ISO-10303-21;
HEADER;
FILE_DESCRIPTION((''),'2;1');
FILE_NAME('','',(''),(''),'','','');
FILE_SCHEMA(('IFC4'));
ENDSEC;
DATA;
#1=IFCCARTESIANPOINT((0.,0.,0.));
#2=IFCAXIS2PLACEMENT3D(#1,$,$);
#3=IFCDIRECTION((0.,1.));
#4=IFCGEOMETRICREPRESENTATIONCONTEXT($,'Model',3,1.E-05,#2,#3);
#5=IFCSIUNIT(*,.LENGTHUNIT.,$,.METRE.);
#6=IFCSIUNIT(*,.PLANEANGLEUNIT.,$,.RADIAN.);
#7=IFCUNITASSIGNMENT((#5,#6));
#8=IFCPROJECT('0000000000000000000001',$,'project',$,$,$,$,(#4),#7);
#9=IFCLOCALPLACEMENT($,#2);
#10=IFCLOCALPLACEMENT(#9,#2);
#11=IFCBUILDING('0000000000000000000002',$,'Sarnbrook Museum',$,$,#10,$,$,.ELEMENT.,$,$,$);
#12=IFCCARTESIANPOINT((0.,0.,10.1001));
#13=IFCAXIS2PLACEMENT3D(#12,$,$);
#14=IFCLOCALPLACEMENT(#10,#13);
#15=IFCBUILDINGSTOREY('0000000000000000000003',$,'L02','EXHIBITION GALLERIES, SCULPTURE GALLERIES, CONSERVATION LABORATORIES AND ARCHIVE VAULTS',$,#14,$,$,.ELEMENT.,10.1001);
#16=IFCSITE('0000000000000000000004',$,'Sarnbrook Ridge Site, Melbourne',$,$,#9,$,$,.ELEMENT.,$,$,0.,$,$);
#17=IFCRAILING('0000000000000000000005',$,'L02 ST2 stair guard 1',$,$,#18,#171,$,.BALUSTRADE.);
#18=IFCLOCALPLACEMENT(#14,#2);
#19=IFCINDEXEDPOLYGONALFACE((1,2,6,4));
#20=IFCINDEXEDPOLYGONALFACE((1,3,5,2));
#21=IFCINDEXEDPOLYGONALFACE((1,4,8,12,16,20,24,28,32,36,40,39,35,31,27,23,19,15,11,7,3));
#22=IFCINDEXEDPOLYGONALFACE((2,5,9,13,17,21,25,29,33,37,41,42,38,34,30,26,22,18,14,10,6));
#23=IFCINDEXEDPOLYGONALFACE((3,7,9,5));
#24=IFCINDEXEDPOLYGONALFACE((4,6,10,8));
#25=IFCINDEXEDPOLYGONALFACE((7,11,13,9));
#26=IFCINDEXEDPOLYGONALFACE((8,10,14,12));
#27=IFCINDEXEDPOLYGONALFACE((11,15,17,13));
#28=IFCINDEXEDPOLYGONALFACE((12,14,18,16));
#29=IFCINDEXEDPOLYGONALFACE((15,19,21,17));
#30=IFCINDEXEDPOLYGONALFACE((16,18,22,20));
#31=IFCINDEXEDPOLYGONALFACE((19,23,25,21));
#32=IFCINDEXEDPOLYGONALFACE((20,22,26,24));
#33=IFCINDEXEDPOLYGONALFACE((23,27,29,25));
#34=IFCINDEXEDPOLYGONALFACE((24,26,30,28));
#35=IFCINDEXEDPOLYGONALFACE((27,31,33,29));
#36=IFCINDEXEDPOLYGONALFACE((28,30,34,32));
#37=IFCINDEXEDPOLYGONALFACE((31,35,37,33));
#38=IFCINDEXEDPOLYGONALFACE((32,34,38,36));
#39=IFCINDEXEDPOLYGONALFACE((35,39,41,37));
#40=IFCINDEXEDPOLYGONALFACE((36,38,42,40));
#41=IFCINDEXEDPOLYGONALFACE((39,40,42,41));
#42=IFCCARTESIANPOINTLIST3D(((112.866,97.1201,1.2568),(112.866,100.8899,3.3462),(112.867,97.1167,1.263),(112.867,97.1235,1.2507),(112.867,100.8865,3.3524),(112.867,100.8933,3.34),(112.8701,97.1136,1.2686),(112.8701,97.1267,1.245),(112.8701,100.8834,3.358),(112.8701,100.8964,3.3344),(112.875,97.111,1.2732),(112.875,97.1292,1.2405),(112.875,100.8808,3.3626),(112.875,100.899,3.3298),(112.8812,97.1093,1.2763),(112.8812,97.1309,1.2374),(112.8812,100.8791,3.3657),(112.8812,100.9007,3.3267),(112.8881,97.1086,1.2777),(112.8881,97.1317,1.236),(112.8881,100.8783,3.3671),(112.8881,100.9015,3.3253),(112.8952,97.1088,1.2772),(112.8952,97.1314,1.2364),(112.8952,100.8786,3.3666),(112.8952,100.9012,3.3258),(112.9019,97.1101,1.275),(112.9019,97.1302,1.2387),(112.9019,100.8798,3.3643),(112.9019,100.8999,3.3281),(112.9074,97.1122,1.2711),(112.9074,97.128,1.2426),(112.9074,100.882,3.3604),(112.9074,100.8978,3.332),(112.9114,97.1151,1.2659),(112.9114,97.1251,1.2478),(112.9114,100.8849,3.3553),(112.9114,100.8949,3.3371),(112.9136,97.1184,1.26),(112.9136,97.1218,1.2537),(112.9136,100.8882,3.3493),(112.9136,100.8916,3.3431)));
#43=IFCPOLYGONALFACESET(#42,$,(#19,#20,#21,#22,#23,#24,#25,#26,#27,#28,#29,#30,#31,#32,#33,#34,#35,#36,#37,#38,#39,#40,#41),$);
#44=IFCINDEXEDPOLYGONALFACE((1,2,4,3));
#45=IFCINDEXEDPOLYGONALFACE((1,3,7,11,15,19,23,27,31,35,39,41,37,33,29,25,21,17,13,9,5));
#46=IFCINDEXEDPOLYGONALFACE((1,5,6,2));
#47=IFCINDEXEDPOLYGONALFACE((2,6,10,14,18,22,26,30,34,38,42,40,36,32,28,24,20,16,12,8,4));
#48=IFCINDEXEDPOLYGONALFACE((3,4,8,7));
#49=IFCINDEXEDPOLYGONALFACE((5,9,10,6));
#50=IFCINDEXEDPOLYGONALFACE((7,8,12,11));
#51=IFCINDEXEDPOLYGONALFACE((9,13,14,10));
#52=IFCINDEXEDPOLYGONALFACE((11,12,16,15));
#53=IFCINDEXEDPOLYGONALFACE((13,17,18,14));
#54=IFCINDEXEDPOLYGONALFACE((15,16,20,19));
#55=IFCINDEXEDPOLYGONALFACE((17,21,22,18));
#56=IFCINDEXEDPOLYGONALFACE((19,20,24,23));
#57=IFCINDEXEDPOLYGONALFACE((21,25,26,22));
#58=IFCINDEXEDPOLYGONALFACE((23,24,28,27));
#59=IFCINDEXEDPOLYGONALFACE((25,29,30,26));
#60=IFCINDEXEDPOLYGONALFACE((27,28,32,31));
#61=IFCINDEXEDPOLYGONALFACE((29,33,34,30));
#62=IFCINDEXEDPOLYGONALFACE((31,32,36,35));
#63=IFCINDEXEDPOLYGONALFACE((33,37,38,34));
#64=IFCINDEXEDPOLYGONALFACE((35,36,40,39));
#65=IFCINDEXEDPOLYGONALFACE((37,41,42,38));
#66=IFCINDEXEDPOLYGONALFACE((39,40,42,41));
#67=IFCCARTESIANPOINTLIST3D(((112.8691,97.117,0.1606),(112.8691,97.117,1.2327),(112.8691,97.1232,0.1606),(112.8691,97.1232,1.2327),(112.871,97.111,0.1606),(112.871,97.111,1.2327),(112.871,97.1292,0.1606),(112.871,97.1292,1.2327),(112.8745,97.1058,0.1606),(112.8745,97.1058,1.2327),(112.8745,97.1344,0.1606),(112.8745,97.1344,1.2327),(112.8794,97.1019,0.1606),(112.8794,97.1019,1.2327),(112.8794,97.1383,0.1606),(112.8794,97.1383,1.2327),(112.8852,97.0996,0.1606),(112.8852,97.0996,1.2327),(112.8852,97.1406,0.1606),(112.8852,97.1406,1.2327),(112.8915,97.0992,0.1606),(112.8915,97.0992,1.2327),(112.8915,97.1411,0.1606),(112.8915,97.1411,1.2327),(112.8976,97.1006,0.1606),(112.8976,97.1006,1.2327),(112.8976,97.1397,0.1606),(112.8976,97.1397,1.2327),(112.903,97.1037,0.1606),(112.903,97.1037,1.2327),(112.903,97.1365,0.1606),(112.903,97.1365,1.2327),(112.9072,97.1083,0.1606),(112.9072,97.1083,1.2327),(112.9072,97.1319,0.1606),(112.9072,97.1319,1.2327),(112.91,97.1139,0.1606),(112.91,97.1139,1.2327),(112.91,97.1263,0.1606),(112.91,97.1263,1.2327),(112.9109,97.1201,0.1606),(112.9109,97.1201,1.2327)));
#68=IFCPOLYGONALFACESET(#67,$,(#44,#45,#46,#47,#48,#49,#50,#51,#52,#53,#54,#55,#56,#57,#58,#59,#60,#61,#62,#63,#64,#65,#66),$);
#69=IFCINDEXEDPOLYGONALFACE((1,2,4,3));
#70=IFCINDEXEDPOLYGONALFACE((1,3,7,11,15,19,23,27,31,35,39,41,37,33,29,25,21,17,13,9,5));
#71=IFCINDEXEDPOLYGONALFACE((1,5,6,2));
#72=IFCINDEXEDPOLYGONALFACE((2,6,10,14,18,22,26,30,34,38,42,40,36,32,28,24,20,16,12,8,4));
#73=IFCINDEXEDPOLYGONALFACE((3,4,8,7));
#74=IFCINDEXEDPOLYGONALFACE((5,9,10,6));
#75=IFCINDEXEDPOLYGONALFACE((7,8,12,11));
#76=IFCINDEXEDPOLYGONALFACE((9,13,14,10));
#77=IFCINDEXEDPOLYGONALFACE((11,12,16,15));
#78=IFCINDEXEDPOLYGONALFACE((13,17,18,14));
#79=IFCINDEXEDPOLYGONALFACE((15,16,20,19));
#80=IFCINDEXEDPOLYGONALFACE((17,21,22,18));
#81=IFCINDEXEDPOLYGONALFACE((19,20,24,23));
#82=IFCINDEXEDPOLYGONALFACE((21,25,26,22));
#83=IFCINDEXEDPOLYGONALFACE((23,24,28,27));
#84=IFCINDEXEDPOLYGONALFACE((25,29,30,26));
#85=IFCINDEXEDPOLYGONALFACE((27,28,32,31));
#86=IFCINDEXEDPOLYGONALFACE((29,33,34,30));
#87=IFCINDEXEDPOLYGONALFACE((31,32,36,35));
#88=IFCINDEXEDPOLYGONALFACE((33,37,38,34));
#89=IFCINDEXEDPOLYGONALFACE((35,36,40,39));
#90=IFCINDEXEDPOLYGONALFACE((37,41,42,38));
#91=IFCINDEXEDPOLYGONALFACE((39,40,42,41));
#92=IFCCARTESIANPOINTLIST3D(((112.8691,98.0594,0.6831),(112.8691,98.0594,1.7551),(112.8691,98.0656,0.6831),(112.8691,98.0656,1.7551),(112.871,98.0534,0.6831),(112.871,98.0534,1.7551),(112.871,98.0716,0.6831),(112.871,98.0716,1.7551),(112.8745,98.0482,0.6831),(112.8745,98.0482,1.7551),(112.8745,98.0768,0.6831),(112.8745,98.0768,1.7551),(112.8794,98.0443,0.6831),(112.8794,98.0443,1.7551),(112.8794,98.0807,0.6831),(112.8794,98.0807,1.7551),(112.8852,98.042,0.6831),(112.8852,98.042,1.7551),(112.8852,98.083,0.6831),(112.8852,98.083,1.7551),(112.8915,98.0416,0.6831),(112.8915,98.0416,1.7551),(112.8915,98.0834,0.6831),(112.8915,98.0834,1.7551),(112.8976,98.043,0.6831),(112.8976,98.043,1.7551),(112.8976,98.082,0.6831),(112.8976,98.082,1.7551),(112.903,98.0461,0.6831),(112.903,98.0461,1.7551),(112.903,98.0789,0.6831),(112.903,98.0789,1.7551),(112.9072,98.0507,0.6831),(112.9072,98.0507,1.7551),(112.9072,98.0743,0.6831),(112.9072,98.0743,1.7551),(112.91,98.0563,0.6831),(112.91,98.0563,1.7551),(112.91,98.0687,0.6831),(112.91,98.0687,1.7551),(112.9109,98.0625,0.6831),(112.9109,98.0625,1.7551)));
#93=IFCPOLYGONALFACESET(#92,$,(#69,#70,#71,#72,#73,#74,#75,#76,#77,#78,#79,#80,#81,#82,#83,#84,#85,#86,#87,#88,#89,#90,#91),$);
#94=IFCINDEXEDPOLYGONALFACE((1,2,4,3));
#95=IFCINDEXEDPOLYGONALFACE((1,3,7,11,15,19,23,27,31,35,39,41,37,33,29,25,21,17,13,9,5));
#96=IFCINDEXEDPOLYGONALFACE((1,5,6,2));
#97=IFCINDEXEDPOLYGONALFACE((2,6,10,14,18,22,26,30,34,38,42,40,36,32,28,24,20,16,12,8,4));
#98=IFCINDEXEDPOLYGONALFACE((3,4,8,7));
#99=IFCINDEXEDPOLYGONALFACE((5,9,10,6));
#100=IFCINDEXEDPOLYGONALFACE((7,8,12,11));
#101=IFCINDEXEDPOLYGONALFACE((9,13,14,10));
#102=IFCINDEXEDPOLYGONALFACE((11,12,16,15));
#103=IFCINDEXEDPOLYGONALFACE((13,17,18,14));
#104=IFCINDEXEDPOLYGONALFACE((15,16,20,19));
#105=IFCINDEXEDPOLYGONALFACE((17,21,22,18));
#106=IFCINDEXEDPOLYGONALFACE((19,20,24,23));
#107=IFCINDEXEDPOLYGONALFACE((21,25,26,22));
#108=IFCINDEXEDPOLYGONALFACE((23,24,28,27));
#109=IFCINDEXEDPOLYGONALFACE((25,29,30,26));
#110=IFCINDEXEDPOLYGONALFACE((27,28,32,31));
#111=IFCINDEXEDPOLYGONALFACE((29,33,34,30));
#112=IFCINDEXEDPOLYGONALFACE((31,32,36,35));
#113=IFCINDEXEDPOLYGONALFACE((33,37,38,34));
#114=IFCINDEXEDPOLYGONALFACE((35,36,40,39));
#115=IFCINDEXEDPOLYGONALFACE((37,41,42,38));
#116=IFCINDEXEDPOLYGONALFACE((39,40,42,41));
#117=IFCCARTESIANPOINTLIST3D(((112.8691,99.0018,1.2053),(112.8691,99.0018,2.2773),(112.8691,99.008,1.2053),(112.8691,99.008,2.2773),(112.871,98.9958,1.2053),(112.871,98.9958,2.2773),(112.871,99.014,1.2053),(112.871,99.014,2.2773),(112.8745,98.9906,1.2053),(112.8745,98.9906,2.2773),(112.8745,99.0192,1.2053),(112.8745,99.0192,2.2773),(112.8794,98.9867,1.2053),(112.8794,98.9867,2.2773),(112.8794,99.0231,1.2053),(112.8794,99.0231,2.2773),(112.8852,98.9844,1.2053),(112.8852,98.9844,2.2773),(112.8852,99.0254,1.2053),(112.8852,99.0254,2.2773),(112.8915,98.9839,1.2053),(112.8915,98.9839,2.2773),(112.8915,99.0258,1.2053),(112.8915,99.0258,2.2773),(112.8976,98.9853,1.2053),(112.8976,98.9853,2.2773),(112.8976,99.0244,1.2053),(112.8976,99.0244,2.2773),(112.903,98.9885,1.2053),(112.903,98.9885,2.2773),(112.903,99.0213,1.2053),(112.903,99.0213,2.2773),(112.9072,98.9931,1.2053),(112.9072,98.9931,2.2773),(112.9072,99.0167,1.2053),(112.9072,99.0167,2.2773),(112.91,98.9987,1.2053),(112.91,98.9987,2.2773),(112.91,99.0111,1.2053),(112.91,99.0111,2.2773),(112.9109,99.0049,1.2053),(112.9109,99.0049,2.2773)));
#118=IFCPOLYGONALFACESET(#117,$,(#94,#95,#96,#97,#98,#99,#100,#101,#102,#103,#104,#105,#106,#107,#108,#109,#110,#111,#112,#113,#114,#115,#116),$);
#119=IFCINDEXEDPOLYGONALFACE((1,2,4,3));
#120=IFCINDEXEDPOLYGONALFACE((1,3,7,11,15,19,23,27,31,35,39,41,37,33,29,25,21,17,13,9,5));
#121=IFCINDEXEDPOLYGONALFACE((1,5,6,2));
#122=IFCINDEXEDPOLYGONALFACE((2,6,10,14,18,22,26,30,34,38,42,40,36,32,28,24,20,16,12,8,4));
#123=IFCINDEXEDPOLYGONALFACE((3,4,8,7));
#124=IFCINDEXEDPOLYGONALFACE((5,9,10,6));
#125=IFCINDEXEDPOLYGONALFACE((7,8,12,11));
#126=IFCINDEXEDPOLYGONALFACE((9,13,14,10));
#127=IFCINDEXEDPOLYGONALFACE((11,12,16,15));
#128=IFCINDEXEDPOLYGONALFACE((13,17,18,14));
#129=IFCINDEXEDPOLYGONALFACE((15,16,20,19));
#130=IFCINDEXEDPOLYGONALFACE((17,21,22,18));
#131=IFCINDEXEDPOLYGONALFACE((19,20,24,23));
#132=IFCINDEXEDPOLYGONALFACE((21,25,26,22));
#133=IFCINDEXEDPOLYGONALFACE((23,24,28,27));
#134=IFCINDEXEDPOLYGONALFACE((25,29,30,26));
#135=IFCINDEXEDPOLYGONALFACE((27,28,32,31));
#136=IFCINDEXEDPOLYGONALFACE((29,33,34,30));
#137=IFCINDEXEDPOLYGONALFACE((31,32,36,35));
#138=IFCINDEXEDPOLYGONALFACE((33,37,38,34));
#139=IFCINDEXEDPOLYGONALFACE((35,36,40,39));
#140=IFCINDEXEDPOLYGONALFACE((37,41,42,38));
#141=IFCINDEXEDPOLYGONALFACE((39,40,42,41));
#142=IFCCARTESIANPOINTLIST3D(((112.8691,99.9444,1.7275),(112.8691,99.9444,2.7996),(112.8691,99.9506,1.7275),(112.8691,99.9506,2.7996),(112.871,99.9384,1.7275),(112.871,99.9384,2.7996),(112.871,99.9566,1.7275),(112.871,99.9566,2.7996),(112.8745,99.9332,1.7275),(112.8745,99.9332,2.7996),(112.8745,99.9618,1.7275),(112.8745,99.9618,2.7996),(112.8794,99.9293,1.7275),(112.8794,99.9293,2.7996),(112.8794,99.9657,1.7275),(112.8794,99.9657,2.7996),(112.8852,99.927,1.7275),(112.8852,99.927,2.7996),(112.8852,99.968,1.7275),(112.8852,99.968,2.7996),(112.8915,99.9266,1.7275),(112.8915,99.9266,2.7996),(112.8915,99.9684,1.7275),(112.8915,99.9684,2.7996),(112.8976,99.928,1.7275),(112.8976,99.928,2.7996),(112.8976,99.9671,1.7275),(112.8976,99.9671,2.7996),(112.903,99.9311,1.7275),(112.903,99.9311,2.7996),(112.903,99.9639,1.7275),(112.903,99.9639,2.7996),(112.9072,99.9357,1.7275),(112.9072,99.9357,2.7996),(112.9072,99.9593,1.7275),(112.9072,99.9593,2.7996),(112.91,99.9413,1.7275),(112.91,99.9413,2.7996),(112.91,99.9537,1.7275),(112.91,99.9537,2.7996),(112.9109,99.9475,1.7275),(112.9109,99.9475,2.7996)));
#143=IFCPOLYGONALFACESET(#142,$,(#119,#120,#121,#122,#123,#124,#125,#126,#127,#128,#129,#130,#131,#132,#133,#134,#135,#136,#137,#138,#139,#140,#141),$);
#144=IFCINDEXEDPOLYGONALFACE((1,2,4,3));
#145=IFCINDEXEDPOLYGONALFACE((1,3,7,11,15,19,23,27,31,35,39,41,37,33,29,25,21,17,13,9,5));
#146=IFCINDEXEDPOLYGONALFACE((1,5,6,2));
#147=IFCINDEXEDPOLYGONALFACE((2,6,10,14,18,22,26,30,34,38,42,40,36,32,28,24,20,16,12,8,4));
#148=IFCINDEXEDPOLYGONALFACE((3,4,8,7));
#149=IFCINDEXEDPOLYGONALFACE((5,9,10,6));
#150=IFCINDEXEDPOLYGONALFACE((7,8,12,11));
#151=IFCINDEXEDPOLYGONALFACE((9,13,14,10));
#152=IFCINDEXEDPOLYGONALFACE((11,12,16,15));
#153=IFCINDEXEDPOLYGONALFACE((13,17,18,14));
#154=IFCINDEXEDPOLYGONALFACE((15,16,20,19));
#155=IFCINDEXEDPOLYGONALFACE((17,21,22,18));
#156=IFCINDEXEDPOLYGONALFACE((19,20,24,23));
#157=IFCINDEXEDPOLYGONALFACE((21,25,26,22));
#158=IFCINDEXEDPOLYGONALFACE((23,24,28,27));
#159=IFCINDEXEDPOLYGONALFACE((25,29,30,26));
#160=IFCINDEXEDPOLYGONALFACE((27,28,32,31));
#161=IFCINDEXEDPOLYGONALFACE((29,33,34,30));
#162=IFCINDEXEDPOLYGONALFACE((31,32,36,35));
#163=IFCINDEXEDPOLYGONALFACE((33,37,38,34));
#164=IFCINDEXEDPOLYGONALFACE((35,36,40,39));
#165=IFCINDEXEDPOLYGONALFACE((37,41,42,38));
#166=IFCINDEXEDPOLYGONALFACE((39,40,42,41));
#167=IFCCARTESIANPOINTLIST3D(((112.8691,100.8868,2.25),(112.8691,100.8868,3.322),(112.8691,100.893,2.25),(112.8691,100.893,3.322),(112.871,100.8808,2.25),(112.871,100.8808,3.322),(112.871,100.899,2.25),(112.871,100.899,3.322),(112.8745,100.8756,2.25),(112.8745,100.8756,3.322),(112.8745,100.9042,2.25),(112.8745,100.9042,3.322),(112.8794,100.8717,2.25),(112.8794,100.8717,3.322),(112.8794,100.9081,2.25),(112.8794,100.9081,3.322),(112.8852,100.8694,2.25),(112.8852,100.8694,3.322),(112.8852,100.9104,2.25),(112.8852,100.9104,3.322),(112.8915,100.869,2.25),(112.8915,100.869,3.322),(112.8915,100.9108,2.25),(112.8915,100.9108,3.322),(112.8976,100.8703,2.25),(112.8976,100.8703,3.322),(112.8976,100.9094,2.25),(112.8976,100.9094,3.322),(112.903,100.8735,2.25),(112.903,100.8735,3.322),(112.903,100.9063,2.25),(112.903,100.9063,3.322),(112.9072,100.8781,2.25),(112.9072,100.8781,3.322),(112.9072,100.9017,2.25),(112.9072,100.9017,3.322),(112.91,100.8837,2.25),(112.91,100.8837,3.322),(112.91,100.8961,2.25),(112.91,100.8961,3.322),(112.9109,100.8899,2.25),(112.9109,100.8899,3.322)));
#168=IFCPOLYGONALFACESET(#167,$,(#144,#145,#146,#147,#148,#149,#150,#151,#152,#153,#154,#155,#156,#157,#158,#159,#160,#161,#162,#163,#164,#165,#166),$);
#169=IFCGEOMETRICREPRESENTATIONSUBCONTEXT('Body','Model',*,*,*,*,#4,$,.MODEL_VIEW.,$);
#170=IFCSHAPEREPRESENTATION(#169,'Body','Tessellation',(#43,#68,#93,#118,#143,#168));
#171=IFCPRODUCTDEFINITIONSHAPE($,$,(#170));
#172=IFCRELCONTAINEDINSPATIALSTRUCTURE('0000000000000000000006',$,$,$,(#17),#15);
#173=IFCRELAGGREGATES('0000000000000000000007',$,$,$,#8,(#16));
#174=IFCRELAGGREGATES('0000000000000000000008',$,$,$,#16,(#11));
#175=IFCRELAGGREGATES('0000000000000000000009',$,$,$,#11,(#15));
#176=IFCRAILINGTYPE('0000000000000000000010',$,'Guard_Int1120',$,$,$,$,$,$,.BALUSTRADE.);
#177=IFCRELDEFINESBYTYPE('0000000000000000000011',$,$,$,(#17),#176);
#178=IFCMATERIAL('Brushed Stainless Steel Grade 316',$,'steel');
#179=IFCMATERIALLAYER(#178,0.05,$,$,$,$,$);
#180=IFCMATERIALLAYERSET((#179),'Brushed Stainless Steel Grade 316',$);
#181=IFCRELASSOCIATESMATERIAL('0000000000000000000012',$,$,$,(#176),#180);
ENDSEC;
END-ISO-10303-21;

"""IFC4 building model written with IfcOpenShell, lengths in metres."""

from ifc_helpers import new_model, si_unit, direction, frame, origin, origin_2d, place, context, subcontext, project, spatial, circle, extrude, material, layer, layer_set, type_object, element, save


model = new_model("IFC4")

# Units and contexts
model_context = context("Model", 3, precision=1e-05, world=origin(), true_north=direction((0.0, 1.0)))
body_context = subcontext(model_context, "Body", "Model", "MODEL_VIEW")
ifc_project = project(units=[si_unit("LENGTHUNIT", "METRE"), si_unit("PLANEANGLEUNIT", "RADIAN")], contexts=[model_context])

# Site, building, storey
site_placement = place(None, origin())
site = spatial("IfcSite", under=ifc_project, at=site_placement, Name="Sarnbrook Ridge Site, Melbourne", CompositionType="ELEMENT", RefElevation=0.0)
building_placement = place(site_placement, origin())
building = spatial("IfcBuilding", under=site, at=building_placement, Name="Sarnbrook Museum", CompositionType="ELEMENT")
storey_placement = place(building_placement, frame((0.0, 0.0, 10.1001)))
storey = spatial("IfcBuildingStorey", under=building, at=storey_placement, Name="L02", Description="EXHIBITION GALLERIES, SCULPTURE GALLERIES, CONSERVATION LABORATORIES AND ARCHIVE VAULTS", CompositionType="ELEMENT", Elevation=10.1001)

# Shared definitions
ifc_material_1 = material(Name="Brushed Stainless Steel Grade 316", Category="steel")

# Railing
ifc_layer_1 = layer(ifc_material_1, 0.05)
ifc_layer_set_1 = layer_set([ifc_layer_1], Name="Brushed Stainless Steel Grade 316")
railing_type_1 = type_object("IfcRailingType", Name="Guard_Int1120", PredefinedType="BALUSTRADE", material=ifc_layer_set_1)
railing_1_placement = place(storey_placement, frame((112.8899, 97.1201, 0.1606)))
element("IfcRailing", 1, at=railing_1_placement, inside=storey, type_object=railing_type_1, Name="L02 ST2 stair guard 1", PredefinedType="BALUSTRADE", context=body_context, shape_type="SweptSolid", body=[
    extrude(circle(Radius=0.0239, at=origin_2d()), frame((0.0, 0.0, 1.0962), z_axis=(0.0, 0.874646, 0.484763), x_axis=(-1.0, 0.0, 0.0)), (0.0, 0.0, 1.0), 4.3101),
    extrude(circle(Radius=0.021, at=origin_2d()), origin(), (0.0, 0.0, 1.0), 1.072),
    extrude(circle(Radius=0.021, at=origin_2d()), frame((0.0, 0.9424, 0.5225)), (0.0, 0.0, 1.0), 1.072),
    extrude(circle(Radius=0.021, at=origin_2d()), frame((0.0, 1.8848, 1.0447)), (0.0, 0.0, 1.0), 1.072),
    extrude(circle(Radius=0.021, at=origin_2d()), frame((0.0, 2.8274, 1.5669)), (0.0, 0.0, 1.0), 1.072),
    extrude(circle(Radius=0.021, at=origin_2d()), frame((0.0, 3.7698, 2.0894)), (0.0, 0.0, 1.0), 1.072),
])

save(model, "model.ifc")
